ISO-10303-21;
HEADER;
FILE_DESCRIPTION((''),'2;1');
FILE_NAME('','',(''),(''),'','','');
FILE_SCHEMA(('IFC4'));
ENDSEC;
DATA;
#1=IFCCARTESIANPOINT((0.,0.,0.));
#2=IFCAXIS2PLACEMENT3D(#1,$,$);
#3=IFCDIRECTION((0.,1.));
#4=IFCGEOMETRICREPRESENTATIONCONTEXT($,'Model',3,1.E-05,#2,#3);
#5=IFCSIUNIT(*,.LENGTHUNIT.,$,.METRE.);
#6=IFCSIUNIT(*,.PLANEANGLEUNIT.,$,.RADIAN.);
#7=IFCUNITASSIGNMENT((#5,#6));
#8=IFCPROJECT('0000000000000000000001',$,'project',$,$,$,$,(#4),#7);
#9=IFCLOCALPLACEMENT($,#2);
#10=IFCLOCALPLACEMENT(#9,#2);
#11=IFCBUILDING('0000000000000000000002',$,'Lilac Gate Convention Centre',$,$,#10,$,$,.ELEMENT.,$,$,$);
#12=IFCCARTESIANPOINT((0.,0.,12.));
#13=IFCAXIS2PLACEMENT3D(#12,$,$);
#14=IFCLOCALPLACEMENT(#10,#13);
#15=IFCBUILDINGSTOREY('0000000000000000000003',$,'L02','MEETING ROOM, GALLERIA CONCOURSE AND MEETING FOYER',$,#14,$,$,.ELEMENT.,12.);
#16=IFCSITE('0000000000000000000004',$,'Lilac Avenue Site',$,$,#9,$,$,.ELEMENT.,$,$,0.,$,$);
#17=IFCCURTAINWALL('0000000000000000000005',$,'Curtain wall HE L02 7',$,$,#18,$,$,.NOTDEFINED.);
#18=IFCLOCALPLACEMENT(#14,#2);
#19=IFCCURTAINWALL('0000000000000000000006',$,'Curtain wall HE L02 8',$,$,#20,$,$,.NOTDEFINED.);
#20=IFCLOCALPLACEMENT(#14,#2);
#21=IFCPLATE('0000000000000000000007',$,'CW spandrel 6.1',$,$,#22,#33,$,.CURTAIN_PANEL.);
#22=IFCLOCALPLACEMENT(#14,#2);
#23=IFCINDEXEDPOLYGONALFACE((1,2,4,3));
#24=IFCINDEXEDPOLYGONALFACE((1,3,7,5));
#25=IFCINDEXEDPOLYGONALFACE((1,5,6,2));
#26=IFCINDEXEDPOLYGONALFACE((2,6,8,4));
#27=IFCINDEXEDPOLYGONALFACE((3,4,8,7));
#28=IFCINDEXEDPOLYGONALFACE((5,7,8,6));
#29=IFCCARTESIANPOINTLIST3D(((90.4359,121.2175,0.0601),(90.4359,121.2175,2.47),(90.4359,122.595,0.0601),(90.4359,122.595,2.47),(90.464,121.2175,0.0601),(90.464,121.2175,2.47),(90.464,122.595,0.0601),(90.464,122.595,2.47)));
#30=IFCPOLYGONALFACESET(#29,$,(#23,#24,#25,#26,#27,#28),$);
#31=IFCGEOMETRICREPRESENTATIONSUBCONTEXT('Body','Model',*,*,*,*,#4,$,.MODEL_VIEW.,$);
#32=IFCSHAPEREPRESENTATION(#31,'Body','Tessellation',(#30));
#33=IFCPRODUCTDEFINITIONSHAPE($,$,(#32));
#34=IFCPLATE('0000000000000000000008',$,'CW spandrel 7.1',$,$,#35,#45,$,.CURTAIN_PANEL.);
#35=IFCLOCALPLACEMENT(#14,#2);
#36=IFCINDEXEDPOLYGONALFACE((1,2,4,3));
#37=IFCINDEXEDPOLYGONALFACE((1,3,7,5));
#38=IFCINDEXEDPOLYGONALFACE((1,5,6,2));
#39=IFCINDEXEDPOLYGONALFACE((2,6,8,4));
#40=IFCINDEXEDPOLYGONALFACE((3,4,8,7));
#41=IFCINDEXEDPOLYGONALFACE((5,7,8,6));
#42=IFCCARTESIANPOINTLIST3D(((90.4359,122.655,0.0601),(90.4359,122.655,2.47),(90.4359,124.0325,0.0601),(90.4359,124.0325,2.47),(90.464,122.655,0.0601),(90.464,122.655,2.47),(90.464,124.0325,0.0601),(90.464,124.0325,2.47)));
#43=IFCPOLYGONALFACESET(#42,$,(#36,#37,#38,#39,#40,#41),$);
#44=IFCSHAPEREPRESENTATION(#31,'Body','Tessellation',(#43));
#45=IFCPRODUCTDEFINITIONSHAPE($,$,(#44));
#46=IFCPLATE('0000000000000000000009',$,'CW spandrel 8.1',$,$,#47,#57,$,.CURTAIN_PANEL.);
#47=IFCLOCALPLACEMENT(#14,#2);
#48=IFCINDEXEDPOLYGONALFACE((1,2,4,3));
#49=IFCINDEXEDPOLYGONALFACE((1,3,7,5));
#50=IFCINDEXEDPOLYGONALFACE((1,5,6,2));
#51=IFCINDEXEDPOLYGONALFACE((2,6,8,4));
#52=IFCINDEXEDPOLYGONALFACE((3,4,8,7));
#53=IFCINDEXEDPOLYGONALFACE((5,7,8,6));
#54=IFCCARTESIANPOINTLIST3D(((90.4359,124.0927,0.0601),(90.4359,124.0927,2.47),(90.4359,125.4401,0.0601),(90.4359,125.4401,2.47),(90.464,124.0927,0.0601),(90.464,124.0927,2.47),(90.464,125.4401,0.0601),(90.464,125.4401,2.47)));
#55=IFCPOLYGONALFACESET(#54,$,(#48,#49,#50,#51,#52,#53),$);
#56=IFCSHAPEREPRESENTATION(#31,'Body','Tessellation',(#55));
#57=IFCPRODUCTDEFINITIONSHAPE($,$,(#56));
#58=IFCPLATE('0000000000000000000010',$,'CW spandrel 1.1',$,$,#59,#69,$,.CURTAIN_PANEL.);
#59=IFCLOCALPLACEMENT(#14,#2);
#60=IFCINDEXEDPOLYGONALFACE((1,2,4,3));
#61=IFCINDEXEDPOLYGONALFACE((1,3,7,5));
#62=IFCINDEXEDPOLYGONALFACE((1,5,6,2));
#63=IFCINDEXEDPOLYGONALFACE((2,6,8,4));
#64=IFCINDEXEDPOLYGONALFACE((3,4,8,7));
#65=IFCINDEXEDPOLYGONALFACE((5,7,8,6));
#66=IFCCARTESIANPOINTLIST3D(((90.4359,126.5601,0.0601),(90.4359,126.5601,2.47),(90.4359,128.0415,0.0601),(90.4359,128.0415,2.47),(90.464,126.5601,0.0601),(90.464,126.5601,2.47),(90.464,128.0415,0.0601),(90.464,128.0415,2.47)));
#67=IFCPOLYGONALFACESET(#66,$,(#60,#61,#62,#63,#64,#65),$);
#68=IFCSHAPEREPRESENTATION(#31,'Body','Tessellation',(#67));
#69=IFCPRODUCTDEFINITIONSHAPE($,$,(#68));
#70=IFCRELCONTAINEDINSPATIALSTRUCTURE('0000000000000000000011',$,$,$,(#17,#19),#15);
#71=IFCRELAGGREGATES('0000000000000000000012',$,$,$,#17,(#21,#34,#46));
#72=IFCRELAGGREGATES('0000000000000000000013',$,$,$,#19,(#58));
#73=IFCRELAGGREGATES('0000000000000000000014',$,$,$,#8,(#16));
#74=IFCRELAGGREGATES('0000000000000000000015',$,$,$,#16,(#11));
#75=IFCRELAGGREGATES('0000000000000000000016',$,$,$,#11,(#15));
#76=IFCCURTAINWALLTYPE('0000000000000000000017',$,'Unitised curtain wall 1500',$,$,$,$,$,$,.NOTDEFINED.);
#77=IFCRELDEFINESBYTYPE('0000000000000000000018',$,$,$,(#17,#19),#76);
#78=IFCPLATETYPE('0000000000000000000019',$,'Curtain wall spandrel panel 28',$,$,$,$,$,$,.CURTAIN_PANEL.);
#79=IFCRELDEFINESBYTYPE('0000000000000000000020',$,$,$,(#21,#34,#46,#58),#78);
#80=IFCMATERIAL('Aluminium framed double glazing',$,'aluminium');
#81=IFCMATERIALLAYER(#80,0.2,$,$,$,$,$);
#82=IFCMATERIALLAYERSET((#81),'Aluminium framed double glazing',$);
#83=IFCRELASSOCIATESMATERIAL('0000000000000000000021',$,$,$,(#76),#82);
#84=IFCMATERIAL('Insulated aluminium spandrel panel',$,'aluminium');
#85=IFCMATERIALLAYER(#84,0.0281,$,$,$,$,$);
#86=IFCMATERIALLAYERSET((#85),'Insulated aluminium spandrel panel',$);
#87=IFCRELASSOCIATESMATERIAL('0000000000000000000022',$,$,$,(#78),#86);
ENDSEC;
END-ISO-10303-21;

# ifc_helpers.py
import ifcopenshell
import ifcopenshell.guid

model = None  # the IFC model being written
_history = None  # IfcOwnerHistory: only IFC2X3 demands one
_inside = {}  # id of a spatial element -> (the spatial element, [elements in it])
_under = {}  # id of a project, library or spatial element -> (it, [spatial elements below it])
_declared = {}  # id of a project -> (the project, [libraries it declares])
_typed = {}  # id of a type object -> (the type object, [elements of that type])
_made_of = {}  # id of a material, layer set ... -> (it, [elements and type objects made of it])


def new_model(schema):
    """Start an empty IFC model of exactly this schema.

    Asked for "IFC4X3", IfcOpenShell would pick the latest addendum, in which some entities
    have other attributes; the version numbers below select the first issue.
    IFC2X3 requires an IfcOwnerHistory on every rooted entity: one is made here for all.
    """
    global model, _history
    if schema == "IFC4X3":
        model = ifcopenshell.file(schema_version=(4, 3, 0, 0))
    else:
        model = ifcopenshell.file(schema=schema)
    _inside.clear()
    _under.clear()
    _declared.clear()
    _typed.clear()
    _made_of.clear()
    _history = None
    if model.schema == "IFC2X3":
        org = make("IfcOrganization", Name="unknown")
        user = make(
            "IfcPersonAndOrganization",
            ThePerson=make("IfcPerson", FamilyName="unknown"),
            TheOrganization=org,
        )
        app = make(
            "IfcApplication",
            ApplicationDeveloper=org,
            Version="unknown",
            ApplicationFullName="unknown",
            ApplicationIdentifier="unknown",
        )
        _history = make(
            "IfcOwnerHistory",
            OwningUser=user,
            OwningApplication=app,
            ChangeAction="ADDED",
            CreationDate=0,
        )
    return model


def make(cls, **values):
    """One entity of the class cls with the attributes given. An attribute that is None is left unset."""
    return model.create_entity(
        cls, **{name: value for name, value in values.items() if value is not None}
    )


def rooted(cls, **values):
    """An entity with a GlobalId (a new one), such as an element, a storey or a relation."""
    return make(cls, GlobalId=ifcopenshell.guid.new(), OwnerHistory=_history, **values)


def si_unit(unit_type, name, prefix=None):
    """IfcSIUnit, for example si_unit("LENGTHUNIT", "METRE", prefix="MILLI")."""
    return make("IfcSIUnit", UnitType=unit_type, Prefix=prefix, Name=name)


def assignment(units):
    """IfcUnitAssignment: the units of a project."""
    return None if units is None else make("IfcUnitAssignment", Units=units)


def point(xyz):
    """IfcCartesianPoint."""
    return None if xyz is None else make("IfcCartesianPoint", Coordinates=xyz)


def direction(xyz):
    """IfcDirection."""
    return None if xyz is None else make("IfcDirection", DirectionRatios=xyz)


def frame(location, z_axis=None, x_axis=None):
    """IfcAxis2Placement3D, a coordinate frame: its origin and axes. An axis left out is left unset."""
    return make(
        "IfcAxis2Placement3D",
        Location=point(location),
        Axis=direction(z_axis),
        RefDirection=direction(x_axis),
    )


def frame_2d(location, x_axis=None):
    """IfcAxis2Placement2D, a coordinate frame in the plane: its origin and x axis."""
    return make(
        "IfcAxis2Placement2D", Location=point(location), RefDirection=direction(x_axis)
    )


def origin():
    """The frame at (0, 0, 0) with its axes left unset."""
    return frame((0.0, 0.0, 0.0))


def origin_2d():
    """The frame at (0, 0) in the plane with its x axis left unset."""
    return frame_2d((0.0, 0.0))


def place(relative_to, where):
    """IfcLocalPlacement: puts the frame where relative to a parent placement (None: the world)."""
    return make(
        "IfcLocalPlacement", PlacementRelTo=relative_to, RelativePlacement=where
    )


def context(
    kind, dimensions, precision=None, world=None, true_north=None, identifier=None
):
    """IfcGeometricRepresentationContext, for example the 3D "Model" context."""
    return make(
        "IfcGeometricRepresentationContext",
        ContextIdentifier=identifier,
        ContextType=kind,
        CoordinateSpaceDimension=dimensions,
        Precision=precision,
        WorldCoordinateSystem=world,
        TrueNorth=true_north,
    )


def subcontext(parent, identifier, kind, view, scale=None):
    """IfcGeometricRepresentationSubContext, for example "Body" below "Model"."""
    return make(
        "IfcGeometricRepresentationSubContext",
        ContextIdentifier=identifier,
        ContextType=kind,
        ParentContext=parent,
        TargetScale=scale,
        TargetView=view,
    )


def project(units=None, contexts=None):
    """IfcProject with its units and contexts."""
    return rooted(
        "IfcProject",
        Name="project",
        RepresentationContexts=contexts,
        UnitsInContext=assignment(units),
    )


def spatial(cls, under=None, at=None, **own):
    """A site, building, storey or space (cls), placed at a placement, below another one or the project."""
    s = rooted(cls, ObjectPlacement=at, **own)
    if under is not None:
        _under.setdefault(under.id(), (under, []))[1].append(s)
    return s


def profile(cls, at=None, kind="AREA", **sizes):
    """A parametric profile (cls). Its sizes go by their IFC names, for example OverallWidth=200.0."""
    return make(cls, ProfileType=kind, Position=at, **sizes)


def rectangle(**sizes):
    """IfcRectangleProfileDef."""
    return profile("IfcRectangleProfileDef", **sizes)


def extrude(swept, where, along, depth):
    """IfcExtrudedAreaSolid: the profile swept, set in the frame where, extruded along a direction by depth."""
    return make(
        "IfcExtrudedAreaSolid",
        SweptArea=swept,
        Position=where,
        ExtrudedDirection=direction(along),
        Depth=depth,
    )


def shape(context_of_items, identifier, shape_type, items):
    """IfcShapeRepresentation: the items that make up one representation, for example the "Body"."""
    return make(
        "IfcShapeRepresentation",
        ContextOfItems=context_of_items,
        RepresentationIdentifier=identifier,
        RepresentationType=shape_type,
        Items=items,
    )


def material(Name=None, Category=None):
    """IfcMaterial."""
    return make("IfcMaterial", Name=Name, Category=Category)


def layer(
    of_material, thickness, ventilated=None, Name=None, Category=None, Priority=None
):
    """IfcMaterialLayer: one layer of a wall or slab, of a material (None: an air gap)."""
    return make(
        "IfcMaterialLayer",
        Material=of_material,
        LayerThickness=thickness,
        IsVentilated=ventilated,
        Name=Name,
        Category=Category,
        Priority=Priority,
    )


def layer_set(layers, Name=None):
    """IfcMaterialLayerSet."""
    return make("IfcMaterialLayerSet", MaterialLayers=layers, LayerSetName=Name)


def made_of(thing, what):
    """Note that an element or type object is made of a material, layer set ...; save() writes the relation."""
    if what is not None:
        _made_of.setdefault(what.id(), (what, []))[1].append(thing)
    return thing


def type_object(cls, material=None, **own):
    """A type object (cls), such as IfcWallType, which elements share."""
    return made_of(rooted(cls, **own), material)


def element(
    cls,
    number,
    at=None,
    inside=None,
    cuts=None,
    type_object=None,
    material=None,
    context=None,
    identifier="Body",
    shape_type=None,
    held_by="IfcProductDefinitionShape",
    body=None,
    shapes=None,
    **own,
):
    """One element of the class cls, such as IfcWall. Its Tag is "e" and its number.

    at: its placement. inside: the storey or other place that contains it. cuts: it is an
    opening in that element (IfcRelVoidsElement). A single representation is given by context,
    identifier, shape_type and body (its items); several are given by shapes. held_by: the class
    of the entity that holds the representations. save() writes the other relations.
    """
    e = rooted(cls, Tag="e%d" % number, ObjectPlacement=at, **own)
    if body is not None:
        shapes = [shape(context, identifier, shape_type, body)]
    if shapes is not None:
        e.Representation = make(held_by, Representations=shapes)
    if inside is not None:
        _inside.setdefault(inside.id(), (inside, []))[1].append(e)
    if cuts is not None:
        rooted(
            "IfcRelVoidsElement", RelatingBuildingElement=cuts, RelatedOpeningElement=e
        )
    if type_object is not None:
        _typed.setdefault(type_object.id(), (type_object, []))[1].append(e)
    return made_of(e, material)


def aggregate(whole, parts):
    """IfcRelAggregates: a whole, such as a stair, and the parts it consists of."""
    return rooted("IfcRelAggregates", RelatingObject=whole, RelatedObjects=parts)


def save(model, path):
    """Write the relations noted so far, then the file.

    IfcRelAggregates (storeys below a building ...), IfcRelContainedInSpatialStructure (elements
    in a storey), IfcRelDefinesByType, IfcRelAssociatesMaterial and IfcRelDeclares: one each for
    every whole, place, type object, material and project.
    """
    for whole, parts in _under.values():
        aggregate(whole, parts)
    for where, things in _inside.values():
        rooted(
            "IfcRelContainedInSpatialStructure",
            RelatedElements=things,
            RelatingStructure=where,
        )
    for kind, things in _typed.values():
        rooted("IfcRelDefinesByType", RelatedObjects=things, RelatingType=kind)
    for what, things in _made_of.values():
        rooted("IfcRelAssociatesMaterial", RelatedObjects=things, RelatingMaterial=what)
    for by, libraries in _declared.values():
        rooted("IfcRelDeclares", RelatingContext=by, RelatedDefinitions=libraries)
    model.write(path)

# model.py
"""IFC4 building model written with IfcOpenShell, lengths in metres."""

from ifc_helpers import new_model, si_unit, direction, frame, origin, origin_2d, place, context, subcontext, project, spatial, rectangle, extrude, material, layer, layer_set, type_object, element, aggregate, save


model = new_model("IFC4")

# Units and contexts
model_context = context("Model", 3, precision=1e-05, world=origin(), true_north=direction((0.0, 1.0)))
body_context = subcontext(model_context, "Body", "Model", "MODEL_VIEW")
ifc_project = project(units=[si_unit("LENGTHUNIT", "METRE"), si_unit("PLANEANGLEUNIT", "RADIAN")], contexts=[model_context])

# Site, building, storey
site_placement = place(None, origin())
site = spatial("IfcSite", under=ifc_project, at=site_placement, Name="Lilac Avenue Site", CompositionType="ELEMENT", RefElevation=0.0)
building_placement = place(site_placement, origin())
building = spatial("IfcBuilding", under=site, at=building_placement, Name="Lilac Gate Convention Centre", CompositionType="ELEMENT")
storey_placement = place(building_placement, frame((0.0, 0.0, 12.0)))
storey = spatial("IfcBuildingStorey", under=building, at=storey_placement, Name="L02", Description="MEETING ROOM, GALLERIA CONCOURSE AND MEETING FOYER", CompositionType="ELEMENT", Elevation=12.0)

# Curtain walls
ifc_material_1 = material(Name="Aluminium framed double glazing", Category="aluminium")
ifc_layer_1 = layer(ifc_material_1, 0.2)
ifc_layer_set_1 = layer_set([ifc_layer_1], Name="Aluminium framed double glazing")
curtain_wall_type = type_object("IfcCurtainWallType", Name="Unitised curtain wall 1500", PredefinedType="NOTDEFINED", material=ifc_layer_set_1)
curtain_wall_1_placement = place(storey_placement, origin())
curtain_wall_1 = element("IfcCurtainWall", 1, at=curtain_wall_1_placement, inside=storey, type_object=curtain_wall_type, Name="Curtain wall HE L02 7", PredefinedType="NOTDEFINED")
curtain_wall_2_placement = place(storey_placement, origin())
curtain_wall_2 = element("IfcCurtainWall", 2, at=curtain_wall_2_placement, inside=storey, type_object=curtain_wall_type, Name="Curtain wall HE L02 8", PredefinedType="NOTDEFINED")

# Plates
ifc_material_2 = material(Name="Insulated aluminium spandrel panel", Category="aluminium")
ifc_layer_2 = layer(ifc_material_2, 0.0281)
ifc_layer_set_2 = layer_set([ifc_layer_2], Name="Insulated aluminium spandrel panel")
plate_type_1 = type_object("IfcPlateType", Name="Curtain wall spandrel panel 28", PredefinedType="CURTAIN_PANEL", material=ifc_layer_set_2)
plate_1_placement = place(storey_placement, frame((90.45, 121.9062, 0.0601), z_axis=(0.0, 0.0, 1.0), x_axis=(0.0, 1.0, 0.0)))
plate_1 = element("IfcPlate", 3, at=plate_1_placement, type_object=plate_type_1, Name="CW spandrel 6.1", PredefinedType="CURTAIN_PANEL", context=body_context, shape_type="SweptSolid", body=[
    extrude(rectangle(XDim=1.3774, YDim=0.0281, at=origin_2d()), origin(), (0.0, 0.0, 1.0), 2.4099),
])
plate_2_placement = place(storey_placement, frame((90.45, 123.3438, 0.0601), z_axis=(0.0, 0.0, 1.0), x_axis=(0.0, 1.0, 0.0)))
plate_2 = element("IfcPlate", 4, at=plate_2_placement, type_object=plate_type_1, Name="CW spandrel 7.1", PredefinedType="CURTAIN_PANEL", context=body_context, shape_type="SweptSolid", body=[
    extrude(rectangle(XDim=1.3774, YDim=0.0281, at=origin_2d()), origin(), (0.0, 0.0, 1.0), 2.4099),
])
plate_3_placement = place(storey_placement, frame((90.45, 124.7664, 0.0601), z_axis=(0.0, 0.0, 1.0), x_axis=(0.0, 1.0, 0.0)))
plate_3 = element("IfcPlate", 5, at=plate_3_placement, type_object=plate_type_1, Name="CW spandrel 8.1", PredefinedType="CURTAIN_PANEL", context=body_context, shape_type="SweptSolid", body=[
    extrude(rectangle(XDim=1.3474, YDim=0.0281, at=origin_2d()), origin(), (0.0, 0.0, 1.0), 2.4099),
])
aggregate(curtain_wall_1, [plate_1, plate_2, plate_3])
plate_4_placement = place(storey_placement, frame((90.45, 127.3008, 0.0601), z_axis=(0.0, 0.0, 1.0), x_axis=(0.0, 1.0, 0.0)))
plate_4 = element("IfcPlate", 6, at=plate_4_placement, type_object=plate_type_1, Name="CW spandrel 1.1", PredefinedType="CURTAIN_PANEL", context=body_context, shape_type="SweptSolid", body=[
    extrude(rectangle(XDim=1.4814, YDim=0.0281, at=origin_2d()), origin(), (0.0, 0.0, 1.0), 2.4099),
])
aggregate(curtain_wall_2, [plate_4])

save(model, "model.ifc")
